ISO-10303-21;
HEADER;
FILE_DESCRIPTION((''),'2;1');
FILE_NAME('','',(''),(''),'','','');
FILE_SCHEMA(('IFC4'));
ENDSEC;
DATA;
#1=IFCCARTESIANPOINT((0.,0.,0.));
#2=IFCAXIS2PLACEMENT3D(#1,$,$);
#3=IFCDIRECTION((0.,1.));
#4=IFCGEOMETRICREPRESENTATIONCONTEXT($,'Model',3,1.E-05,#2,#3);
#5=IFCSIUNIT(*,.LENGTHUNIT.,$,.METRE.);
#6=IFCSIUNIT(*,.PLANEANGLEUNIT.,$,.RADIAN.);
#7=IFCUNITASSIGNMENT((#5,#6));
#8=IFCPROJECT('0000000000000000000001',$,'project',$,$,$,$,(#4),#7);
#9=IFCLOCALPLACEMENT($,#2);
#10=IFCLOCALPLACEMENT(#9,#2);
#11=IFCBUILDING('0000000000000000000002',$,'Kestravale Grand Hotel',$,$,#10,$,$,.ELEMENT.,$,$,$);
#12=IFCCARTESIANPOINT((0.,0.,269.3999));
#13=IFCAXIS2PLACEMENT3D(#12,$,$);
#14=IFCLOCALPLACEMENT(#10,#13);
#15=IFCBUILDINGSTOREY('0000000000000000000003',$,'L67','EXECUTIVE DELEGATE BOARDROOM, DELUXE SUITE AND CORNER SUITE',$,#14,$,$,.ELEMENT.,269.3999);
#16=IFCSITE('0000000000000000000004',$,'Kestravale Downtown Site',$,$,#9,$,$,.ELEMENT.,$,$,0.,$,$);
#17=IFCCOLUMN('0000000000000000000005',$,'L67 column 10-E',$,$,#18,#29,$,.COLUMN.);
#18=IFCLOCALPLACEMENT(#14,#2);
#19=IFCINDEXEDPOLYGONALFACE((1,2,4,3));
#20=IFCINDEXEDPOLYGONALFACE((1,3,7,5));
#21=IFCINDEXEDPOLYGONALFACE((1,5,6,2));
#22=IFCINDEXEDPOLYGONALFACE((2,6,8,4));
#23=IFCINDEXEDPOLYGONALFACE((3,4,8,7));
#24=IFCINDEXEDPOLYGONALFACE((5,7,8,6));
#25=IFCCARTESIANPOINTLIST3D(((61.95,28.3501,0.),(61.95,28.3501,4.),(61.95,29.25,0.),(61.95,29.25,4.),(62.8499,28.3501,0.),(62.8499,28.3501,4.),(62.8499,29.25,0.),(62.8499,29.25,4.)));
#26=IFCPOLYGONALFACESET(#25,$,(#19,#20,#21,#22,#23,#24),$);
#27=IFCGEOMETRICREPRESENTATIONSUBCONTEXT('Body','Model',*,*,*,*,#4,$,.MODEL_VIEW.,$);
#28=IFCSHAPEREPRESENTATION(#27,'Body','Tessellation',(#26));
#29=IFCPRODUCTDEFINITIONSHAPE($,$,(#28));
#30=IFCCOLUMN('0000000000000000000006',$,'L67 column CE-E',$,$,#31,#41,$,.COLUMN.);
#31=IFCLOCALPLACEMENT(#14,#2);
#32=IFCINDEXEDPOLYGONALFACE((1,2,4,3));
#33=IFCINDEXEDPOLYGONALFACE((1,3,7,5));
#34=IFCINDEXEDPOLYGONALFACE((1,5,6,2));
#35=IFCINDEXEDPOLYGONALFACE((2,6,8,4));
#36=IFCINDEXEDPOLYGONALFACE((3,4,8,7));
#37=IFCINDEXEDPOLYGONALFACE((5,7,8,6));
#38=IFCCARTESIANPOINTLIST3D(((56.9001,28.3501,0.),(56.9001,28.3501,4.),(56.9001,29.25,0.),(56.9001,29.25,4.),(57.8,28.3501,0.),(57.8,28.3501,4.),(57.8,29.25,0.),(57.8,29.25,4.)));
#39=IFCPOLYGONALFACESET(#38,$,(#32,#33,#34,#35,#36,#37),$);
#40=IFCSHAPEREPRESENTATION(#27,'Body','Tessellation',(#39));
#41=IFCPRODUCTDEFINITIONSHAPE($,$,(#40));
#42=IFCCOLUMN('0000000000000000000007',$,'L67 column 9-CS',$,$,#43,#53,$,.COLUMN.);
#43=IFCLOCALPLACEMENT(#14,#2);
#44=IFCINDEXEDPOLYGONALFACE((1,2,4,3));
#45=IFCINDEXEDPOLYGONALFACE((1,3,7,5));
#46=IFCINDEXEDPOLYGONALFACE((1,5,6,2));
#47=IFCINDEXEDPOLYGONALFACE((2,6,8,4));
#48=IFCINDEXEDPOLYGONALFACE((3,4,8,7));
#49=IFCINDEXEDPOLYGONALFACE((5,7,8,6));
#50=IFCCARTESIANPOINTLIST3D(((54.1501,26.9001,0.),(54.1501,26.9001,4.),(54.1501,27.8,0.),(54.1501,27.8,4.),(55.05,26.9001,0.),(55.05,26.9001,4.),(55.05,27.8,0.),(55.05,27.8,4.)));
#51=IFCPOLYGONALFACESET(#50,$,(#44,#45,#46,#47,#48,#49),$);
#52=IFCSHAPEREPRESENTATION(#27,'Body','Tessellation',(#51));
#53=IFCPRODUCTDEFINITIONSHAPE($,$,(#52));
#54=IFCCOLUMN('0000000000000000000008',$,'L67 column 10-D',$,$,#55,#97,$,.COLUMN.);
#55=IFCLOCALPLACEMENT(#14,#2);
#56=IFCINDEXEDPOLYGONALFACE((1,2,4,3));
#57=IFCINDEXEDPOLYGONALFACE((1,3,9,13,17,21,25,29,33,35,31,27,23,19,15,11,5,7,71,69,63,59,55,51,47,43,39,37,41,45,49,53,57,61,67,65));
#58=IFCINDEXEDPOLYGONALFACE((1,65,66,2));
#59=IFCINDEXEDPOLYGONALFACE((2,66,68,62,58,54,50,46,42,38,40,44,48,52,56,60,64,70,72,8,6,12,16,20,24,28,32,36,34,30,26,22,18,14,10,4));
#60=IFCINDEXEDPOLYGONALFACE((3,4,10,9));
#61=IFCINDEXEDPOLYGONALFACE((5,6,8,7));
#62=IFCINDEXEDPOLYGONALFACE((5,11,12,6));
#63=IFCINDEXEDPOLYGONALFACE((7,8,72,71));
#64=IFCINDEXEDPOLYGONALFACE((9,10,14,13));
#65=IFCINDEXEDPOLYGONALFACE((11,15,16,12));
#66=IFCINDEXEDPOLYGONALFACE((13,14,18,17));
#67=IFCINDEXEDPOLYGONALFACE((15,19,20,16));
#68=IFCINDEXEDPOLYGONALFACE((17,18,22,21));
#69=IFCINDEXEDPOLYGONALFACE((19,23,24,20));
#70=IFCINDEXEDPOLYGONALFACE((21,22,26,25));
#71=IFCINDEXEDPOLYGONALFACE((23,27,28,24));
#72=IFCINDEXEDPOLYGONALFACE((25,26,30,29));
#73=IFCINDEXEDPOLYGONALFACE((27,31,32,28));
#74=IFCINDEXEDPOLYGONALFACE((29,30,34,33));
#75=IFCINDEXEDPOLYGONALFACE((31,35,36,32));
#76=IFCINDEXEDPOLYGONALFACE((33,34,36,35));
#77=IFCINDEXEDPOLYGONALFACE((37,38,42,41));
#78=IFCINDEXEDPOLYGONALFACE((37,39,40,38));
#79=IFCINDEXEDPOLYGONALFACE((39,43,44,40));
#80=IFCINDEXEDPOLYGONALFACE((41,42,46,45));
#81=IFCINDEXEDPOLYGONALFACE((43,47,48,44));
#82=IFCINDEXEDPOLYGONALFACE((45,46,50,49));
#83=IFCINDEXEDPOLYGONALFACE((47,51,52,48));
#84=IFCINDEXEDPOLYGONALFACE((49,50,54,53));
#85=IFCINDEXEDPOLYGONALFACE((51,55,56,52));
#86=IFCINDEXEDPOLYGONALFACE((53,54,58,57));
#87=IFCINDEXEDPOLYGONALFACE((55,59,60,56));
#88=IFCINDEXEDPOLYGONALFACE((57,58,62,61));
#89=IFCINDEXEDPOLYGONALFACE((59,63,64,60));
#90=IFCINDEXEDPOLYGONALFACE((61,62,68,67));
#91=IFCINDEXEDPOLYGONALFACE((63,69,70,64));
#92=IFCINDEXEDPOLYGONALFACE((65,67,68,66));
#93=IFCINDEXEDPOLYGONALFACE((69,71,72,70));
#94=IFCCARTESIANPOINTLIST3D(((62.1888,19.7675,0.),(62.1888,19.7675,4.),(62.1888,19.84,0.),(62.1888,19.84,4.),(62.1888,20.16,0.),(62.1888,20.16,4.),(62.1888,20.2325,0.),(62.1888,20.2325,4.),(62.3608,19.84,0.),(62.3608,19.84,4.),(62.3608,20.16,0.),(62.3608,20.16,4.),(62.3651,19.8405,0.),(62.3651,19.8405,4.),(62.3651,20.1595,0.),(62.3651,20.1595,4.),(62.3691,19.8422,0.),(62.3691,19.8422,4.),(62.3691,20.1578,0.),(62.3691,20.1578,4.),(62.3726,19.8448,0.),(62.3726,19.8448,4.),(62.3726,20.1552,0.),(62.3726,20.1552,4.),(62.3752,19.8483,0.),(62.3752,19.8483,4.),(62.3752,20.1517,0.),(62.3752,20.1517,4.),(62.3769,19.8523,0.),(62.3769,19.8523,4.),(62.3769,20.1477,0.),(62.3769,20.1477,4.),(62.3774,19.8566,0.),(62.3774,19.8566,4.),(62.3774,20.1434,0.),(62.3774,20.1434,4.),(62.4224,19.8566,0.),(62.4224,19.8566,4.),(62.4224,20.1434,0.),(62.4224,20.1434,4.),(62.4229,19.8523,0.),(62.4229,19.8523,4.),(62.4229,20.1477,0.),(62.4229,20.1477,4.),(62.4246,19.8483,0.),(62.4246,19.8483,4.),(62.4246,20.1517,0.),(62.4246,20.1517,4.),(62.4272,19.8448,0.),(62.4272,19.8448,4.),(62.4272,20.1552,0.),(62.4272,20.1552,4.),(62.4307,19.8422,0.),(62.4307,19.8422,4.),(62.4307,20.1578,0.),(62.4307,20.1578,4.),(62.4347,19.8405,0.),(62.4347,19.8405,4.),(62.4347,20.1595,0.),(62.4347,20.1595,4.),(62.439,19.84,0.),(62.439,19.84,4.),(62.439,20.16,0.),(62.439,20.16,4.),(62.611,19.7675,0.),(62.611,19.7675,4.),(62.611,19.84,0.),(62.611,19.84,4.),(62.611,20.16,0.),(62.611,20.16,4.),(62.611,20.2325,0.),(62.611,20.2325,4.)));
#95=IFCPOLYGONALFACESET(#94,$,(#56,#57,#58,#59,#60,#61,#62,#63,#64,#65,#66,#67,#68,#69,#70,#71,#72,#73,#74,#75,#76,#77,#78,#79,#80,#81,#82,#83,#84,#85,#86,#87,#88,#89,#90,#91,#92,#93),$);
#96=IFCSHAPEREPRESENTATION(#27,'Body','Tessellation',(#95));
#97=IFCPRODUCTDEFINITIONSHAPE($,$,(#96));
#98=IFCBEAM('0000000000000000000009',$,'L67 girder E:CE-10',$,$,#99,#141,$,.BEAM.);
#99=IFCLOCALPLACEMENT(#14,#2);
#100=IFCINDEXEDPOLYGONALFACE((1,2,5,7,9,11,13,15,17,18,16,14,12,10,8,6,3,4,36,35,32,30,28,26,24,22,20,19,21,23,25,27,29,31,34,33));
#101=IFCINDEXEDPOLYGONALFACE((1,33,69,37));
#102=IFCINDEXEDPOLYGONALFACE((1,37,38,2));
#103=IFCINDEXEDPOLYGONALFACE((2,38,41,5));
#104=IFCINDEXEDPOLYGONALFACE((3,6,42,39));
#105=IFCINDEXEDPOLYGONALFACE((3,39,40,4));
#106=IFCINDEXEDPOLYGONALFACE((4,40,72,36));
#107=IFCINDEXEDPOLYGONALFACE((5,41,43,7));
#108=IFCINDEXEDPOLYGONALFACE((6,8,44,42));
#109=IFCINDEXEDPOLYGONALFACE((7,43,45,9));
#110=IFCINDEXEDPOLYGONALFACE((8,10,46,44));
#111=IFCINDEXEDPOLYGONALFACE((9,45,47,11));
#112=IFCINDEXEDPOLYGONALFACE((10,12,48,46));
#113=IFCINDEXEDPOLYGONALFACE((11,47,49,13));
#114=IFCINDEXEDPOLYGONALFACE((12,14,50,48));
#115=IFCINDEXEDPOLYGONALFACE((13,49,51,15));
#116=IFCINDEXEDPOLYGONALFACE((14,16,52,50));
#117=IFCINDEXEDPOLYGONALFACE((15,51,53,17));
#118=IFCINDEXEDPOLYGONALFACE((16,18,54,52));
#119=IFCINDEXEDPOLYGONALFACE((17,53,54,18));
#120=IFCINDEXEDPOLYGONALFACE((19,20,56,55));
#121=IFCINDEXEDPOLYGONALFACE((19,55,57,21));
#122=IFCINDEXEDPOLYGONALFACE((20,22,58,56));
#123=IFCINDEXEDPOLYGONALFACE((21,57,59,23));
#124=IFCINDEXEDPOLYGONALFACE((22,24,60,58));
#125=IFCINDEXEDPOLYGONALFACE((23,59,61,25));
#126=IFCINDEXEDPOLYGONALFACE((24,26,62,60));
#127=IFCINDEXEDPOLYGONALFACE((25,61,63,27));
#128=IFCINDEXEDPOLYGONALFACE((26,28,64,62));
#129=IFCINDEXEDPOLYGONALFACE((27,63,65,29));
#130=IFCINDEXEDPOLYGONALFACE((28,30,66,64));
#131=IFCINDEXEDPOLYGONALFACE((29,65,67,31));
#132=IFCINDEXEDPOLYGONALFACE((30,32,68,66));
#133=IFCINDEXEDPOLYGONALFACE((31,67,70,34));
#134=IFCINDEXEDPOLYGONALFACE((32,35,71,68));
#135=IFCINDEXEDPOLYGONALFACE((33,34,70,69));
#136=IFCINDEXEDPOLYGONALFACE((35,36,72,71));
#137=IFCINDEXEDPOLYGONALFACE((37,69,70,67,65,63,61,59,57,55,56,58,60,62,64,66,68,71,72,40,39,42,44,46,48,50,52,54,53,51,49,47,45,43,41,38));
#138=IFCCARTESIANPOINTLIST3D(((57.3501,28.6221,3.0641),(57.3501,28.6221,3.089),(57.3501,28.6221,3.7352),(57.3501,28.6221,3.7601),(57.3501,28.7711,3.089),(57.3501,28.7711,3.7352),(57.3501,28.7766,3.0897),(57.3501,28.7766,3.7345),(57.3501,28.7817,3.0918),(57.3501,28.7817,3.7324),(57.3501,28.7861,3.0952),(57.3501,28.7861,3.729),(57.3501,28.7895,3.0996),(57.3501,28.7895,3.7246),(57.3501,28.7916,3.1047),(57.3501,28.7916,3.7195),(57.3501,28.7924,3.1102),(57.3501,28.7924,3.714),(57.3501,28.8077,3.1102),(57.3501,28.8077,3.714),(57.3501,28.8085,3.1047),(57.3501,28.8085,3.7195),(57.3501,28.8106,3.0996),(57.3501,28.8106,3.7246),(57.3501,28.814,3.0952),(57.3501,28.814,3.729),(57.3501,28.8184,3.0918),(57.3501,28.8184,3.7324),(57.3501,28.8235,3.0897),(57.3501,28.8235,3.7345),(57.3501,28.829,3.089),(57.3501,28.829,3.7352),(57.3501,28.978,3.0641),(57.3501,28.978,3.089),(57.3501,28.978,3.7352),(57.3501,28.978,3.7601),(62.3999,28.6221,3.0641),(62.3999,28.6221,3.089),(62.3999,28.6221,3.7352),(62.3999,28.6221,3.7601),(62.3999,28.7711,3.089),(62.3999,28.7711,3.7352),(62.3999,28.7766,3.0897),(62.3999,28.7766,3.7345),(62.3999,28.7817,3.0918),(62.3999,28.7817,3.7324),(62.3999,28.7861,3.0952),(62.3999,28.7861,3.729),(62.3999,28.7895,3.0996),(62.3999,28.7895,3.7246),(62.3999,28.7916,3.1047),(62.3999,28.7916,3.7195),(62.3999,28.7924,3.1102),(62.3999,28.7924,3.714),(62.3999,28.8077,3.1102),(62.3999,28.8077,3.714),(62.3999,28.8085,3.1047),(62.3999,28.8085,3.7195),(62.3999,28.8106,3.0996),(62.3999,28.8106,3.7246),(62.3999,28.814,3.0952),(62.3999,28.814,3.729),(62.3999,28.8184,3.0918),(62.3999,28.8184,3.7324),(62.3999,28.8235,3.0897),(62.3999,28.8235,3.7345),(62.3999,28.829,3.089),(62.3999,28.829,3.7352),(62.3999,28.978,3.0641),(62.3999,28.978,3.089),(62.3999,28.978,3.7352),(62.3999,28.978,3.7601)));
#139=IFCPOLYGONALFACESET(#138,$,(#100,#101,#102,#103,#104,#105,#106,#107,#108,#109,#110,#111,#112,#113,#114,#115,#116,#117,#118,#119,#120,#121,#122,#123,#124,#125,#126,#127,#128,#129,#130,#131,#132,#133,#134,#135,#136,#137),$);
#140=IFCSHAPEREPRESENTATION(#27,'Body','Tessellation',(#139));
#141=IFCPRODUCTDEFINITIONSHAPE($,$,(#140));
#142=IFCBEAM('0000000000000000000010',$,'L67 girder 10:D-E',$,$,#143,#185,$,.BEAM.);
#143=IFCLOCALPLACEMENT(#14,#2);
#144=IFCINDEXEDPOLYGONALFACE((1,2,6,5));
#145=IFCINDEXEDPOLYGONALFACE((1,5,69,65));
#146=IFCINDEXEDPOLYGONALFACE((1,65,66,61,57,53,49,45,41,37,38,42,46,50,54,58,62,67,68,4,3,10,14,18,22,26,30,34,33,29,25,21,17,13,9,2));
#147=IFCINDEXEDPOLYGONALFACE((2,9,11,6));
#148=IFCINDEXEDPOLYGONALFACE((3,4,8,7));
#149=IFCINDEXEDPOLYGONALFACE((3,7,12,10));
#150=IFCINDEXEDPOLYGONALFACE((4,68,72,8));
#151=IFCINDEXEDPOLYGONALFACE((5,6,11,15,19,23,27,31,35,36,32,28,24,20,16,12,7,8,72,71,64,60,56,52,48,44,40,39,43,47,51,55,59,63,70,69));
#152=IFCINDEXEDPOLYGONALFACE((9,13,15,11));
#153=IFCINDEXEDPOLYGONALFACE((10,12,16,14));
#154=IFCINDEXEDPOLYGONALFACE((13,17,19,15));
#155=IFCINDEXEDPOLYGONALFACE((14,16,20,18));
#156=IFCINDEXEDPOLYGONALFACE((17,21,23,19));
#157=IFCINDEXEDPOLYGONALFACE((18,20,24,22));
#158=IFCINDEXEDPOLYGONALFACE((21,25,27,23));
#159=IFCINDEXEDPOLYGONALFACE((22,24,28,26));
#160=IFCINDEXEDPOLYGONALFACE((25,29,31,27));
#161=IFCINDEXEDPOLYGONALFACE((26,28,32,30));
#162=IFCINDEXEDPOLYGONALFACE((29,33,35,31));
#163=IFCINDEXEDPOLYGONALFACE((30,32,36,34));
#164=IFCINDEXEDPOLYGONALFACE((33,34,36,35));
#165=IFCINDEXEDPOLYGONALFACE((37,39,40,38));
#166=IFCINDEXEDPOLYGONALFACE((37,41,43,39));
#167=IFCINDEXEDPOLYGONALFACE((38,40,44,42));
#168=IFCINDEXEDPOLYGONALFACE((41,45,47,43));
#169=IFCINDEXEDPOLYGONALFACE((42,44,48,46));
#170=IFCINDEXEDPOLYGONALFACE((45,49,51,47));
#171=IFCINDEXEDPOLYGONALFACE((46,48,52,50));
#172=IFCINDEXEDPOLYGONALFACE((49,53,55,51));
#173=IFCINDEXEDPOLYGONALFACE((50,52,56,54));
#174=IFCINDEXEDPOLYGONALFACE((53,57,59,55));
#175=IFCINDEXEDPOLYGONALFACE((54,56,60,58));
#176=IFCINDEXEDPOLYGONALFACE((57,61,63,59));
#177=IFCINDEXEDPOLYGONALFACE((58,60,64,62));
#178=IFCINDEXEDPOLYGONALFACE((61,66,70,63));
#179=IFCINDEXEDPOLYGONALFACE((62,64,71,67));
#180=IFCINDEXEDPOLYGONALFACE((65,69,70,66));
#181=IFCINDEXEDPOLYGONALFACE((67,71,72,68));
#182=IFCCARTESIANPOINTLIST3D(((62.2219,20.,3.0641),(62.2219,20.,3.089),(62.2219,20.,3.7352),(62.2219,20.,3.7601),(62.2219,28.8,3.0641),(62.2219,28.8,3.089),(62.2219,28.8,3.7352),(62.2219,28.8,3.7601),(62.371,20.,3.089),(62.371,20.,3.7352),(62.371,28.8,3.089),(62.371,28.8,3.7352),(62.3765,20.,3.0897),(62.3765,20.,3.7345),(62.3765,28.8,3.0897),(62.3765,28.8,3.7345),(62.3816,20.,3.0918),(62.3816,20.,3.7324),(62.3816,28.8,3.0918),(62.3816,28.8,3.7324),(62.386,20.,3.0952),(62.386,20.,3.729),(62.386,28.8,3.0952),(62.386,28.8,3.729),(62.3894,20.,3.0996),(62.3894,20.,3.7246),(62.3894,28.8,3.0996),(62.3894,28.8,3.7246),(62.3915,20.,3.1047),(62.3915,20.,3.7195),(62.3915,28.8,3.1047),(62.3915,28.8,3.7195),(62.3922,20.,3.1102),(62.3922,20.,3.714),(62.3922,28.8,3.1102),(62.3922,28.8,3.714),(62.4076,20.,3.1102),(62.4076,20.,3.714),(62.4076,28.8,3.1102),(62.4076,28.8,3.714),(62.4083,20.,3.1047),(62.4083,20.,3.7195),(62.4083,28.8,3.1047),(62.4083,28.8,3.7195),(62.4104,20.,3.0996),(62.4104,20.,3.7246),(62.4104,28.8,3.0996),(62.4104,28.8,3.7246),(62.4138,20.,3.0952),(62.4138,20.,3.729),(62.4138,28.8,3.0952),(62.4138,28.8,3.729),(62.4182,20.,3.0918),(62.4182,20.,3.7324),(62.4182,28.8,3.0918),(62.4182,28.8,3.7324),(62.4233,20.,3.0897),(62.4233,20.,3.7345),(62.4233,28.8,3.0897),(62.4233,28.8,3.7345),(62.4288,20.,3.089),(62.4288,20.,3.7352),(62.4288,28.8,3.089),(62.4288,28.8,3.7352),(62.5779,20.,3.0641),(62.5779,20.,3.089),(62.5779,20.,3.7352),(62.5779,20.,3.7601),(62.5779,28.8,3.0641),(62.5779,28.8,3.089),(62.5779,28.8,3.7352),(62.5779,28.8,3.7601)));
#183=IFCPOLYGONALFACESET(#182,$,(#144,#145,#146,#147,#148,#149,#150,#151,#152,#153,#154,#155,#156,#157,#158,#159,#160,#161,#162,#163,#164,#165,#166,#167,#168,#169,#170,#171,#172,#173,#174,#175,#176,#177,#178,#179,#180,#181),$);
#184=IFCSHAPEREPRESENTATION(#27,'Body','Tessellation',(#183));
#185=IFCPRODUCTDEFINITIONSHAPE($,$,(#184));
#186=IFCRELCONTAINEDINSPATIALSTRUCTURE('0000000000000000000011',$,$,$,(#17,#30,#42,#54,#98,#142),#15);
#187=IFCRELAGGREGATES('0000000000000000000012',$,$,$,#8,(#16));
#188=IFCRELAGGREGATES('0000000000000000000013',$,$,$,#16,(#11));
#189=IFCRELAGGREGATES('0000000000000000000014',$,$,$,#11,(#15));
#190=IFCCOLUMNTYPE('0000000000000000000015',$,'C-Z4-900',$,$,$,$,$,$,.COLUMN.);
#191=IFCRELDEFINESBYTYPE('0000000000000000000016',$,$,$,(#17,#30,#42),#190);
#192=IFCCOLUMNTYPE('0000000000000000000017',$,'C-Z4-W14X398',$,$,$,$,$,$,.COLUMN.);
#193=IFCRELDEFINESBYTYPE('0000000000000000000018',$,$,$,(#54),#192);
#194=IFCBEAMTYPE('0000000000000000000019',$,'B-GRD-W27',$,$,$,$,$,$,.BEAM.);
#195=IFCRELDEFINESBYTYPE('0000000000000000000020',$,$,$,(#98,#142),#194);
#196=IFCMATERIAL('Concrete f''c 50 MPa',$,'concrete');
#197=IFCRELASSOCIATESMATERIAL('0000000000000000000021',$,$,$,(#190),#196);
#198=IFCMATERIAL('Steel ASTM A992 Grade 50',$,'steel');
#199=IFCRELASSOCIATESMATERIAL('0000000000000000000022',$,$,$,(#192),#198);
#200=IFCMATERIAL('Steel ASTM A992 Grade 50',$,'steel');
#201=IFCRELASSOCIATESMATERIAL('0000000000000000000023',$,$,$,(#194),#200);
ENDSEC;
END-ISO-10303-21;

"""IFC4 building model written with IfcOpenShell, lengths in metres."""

from ifc_helpers import new_model, si_unit, direction, frame, origin, origin_2d, place, context, subcontext, project, spatial, rectangle, i_section, extrude, material, material_profile, profile_set, type_object, element, save


model = new_model("IFC4")

# Units and contexts
model_context = context("Model", 3, precision=1e-05, world=origin(), true_north=direction((0.0, 1.0)))
body_context = subcontext(model_context, "Body", "Model", "MODEL_VIEW")
ifc_project = project(units=[si_unit("LENGTHUNIT", "METRE"), si_unit("PLANEANGLEUNIT", "RADIAN")], contexts=[model_context])

# Site, building, storey
site_placement = place(None, origin())
site = spatial("IfcSite", under=ifc_project, at=site_placement, Name="Kestravale Downtown Site", CompositionType="ELEMENT", RefElevation=0.0)
building_placement = place(site_placement, origin())
building = spatial("IfcBuilding", under=site, at=building_placement, Name="Kestravale Grand Hotel", CompositionType="ELEMENT")
storey_placement = place(building_placement, frame((0.0, 0.0, 269.3999)))
storey = spatial("IfcBuildingStorey", under=building, at=storey_placement, Name="L67", Description="EXECUTIVE DELEGATE BOARDROOM, DELUXE SUITE AND CORNER SUITE", CompositionType="ELEMENT", Elevation=269.3999)

# Columns
ifc_material_1 = material(Name="Concrete f'c 50 MPa", Category="concrete")
ifc_material_profile_1 = material_profile(ifc_material_1, rectangle(XDim=0.8999, YDim=0.8999, at=origin_2d()))
ifc_profile_set_1 = profile_set([ifc_material_profile_1], Name="Concrete f'c 50 MPa")
column_type_1 = type_object("IfcColumnType", Name="C-Z4-900", PredefinedType="COLUMN", material=ifc_profile_set_1)
for number, where, z_axis, x_axis, name in (
    (1, (62.3999, 28.8, 0.0), (0.0, 0.0, 1.0), (1.0, 0.0, 0.0), "L67 column 10-E"),
    (2, (57.3501, 28.8, 0.0), (0.0, 0.0, 1.0), (1.0, 0.0, 0.0), "L67 column CE-E"),
    (3, (54.6001, 27.3501, 0.0), (0.0, 0.0, 1.0), (1.0, 0.0, 0.0), "L67 column 9-CS"),
):
    element("IfcColumn", number, at=place(storey_placement, frame(where, z_axis=z_axis, x_axis=x_axis)), inside=storey, type_object=column_type_1, Name=name, PredefinedType="COLUMN", context=body_context, shape_type="SweptSolid", body=[
        extrude(rectangle(XDim=0.8999, YDim=0.8999, at=origin_2d()), origin(), (0.0, 0.0, 1.0), 4.0),
    ])
ifc_material_2 = material(Name="Steel ASTM A992 Grade 50", Category="steel")
ifc_material_profile_2 = material_profile(ifc_material_2, i_section(OverallWidth=0.4221, OverallDepth=0.4651, WebThickness=0.0449, FlangeThickness=0.0725, FilletRadius=0.0166, at=origin_2d()))
ifc_profile_set_2 = profile_set([ifc_material_profile_2], Name="Steel ASTM A992 Grade 50")
column_type_2 = type_object("IfcColumnType", Name="C-Z4-W14X398", PredefinedType="COLUMN", material=ifc_profile_set_2)
column_placement = place(storey_placement, frame((62.3999, 20.0, 0.0), z_axis=(0.0, 0.0, 1.0), x_axis=(1.0, 0.0, 0.0)))
element("IfcColumn", 4, at=column_placement, inside=storey, type_object=column_type_2, Name="L67 column 10-D", PredefinedType="COLUMN", context=body_context, shape_type="SweptSolid", body=[
    extrude(i_section(OverallWidth=0.4221, OverallDepth=0.4651, WebThickness=0.0449, FlangeThickness=0.0725, FilletRadius=0.0166, at=origin_2d()), origin(), (0.0, 0.0, 1.0), 4.0),
])

# Beams
ifc_material_3 = material(Name="Steel ASTM A992 Grade 50", Category="steel")
ifc_material_profile_3 = material_profile(ifc_material_3, i_section(OverallWidth=0.356, OverallDepth=0.696, WebThickness=0.0154, FlangeThickness=0.0249, FilletRadius=0.0212, at=origin_2d()))
ifc_profile_set_3 = profile_set([ifc_material_profile_3], Name="Steel ASTM A992 Grade 50")
beam_type = type_object("IfcBeamType", Name="B-GRD-W27", PredefinedType="BEAM", material=ifc_profile_set_3)
beam_1_placement = place(storey_placement, frame((57.3501, 28.8, 3.4121), z_axis=(1.0, 0.0, 0.0), x_axis=(0.0, 1.0, 0.0)))
element("IfcBeam", 5, at=beam_1_placement, inside=storey, type_object=beam_type, Name="L67 girder E:CE-10", PredefinedType="BEAM", context=body_context, shape_type="SweptSolid", body=[
    extrude(i_section(OverallWidth=0.356, OverallDepth=0.696, WebThickness=0.0154, FlangeThickness=0.0249, FilletRadius=0.0212, at=origin_2d()), origin(), (0.0, 0.0, 1.0), 5.0498),
])
beam_2_placement = place(storey_placement, frame((62.3999, 20.0, 3.4121), z_axis=(0.0, 1.0, 0.0), x_axis=(-1.0, 0.0, 0.0)))
element("IfcBeam", 6, at=beam_2_placement, inside=storey, type_object=beam_type, Name="L67 girder 10:D-E", PredefinedType="BEAM", context=body_context, shape_type="SweptSolid", body=[
    extrude(i_section(OverallWidth=0.356, OverallDepth=0.696, WebThickness=0.0154, FlangeThickness=0.0249, FilletRadius=0.0212, at=origin_2d()), origin(), (0.0, 0.0, 1.0), 8.8),
])

save(model, "model.ifc")
